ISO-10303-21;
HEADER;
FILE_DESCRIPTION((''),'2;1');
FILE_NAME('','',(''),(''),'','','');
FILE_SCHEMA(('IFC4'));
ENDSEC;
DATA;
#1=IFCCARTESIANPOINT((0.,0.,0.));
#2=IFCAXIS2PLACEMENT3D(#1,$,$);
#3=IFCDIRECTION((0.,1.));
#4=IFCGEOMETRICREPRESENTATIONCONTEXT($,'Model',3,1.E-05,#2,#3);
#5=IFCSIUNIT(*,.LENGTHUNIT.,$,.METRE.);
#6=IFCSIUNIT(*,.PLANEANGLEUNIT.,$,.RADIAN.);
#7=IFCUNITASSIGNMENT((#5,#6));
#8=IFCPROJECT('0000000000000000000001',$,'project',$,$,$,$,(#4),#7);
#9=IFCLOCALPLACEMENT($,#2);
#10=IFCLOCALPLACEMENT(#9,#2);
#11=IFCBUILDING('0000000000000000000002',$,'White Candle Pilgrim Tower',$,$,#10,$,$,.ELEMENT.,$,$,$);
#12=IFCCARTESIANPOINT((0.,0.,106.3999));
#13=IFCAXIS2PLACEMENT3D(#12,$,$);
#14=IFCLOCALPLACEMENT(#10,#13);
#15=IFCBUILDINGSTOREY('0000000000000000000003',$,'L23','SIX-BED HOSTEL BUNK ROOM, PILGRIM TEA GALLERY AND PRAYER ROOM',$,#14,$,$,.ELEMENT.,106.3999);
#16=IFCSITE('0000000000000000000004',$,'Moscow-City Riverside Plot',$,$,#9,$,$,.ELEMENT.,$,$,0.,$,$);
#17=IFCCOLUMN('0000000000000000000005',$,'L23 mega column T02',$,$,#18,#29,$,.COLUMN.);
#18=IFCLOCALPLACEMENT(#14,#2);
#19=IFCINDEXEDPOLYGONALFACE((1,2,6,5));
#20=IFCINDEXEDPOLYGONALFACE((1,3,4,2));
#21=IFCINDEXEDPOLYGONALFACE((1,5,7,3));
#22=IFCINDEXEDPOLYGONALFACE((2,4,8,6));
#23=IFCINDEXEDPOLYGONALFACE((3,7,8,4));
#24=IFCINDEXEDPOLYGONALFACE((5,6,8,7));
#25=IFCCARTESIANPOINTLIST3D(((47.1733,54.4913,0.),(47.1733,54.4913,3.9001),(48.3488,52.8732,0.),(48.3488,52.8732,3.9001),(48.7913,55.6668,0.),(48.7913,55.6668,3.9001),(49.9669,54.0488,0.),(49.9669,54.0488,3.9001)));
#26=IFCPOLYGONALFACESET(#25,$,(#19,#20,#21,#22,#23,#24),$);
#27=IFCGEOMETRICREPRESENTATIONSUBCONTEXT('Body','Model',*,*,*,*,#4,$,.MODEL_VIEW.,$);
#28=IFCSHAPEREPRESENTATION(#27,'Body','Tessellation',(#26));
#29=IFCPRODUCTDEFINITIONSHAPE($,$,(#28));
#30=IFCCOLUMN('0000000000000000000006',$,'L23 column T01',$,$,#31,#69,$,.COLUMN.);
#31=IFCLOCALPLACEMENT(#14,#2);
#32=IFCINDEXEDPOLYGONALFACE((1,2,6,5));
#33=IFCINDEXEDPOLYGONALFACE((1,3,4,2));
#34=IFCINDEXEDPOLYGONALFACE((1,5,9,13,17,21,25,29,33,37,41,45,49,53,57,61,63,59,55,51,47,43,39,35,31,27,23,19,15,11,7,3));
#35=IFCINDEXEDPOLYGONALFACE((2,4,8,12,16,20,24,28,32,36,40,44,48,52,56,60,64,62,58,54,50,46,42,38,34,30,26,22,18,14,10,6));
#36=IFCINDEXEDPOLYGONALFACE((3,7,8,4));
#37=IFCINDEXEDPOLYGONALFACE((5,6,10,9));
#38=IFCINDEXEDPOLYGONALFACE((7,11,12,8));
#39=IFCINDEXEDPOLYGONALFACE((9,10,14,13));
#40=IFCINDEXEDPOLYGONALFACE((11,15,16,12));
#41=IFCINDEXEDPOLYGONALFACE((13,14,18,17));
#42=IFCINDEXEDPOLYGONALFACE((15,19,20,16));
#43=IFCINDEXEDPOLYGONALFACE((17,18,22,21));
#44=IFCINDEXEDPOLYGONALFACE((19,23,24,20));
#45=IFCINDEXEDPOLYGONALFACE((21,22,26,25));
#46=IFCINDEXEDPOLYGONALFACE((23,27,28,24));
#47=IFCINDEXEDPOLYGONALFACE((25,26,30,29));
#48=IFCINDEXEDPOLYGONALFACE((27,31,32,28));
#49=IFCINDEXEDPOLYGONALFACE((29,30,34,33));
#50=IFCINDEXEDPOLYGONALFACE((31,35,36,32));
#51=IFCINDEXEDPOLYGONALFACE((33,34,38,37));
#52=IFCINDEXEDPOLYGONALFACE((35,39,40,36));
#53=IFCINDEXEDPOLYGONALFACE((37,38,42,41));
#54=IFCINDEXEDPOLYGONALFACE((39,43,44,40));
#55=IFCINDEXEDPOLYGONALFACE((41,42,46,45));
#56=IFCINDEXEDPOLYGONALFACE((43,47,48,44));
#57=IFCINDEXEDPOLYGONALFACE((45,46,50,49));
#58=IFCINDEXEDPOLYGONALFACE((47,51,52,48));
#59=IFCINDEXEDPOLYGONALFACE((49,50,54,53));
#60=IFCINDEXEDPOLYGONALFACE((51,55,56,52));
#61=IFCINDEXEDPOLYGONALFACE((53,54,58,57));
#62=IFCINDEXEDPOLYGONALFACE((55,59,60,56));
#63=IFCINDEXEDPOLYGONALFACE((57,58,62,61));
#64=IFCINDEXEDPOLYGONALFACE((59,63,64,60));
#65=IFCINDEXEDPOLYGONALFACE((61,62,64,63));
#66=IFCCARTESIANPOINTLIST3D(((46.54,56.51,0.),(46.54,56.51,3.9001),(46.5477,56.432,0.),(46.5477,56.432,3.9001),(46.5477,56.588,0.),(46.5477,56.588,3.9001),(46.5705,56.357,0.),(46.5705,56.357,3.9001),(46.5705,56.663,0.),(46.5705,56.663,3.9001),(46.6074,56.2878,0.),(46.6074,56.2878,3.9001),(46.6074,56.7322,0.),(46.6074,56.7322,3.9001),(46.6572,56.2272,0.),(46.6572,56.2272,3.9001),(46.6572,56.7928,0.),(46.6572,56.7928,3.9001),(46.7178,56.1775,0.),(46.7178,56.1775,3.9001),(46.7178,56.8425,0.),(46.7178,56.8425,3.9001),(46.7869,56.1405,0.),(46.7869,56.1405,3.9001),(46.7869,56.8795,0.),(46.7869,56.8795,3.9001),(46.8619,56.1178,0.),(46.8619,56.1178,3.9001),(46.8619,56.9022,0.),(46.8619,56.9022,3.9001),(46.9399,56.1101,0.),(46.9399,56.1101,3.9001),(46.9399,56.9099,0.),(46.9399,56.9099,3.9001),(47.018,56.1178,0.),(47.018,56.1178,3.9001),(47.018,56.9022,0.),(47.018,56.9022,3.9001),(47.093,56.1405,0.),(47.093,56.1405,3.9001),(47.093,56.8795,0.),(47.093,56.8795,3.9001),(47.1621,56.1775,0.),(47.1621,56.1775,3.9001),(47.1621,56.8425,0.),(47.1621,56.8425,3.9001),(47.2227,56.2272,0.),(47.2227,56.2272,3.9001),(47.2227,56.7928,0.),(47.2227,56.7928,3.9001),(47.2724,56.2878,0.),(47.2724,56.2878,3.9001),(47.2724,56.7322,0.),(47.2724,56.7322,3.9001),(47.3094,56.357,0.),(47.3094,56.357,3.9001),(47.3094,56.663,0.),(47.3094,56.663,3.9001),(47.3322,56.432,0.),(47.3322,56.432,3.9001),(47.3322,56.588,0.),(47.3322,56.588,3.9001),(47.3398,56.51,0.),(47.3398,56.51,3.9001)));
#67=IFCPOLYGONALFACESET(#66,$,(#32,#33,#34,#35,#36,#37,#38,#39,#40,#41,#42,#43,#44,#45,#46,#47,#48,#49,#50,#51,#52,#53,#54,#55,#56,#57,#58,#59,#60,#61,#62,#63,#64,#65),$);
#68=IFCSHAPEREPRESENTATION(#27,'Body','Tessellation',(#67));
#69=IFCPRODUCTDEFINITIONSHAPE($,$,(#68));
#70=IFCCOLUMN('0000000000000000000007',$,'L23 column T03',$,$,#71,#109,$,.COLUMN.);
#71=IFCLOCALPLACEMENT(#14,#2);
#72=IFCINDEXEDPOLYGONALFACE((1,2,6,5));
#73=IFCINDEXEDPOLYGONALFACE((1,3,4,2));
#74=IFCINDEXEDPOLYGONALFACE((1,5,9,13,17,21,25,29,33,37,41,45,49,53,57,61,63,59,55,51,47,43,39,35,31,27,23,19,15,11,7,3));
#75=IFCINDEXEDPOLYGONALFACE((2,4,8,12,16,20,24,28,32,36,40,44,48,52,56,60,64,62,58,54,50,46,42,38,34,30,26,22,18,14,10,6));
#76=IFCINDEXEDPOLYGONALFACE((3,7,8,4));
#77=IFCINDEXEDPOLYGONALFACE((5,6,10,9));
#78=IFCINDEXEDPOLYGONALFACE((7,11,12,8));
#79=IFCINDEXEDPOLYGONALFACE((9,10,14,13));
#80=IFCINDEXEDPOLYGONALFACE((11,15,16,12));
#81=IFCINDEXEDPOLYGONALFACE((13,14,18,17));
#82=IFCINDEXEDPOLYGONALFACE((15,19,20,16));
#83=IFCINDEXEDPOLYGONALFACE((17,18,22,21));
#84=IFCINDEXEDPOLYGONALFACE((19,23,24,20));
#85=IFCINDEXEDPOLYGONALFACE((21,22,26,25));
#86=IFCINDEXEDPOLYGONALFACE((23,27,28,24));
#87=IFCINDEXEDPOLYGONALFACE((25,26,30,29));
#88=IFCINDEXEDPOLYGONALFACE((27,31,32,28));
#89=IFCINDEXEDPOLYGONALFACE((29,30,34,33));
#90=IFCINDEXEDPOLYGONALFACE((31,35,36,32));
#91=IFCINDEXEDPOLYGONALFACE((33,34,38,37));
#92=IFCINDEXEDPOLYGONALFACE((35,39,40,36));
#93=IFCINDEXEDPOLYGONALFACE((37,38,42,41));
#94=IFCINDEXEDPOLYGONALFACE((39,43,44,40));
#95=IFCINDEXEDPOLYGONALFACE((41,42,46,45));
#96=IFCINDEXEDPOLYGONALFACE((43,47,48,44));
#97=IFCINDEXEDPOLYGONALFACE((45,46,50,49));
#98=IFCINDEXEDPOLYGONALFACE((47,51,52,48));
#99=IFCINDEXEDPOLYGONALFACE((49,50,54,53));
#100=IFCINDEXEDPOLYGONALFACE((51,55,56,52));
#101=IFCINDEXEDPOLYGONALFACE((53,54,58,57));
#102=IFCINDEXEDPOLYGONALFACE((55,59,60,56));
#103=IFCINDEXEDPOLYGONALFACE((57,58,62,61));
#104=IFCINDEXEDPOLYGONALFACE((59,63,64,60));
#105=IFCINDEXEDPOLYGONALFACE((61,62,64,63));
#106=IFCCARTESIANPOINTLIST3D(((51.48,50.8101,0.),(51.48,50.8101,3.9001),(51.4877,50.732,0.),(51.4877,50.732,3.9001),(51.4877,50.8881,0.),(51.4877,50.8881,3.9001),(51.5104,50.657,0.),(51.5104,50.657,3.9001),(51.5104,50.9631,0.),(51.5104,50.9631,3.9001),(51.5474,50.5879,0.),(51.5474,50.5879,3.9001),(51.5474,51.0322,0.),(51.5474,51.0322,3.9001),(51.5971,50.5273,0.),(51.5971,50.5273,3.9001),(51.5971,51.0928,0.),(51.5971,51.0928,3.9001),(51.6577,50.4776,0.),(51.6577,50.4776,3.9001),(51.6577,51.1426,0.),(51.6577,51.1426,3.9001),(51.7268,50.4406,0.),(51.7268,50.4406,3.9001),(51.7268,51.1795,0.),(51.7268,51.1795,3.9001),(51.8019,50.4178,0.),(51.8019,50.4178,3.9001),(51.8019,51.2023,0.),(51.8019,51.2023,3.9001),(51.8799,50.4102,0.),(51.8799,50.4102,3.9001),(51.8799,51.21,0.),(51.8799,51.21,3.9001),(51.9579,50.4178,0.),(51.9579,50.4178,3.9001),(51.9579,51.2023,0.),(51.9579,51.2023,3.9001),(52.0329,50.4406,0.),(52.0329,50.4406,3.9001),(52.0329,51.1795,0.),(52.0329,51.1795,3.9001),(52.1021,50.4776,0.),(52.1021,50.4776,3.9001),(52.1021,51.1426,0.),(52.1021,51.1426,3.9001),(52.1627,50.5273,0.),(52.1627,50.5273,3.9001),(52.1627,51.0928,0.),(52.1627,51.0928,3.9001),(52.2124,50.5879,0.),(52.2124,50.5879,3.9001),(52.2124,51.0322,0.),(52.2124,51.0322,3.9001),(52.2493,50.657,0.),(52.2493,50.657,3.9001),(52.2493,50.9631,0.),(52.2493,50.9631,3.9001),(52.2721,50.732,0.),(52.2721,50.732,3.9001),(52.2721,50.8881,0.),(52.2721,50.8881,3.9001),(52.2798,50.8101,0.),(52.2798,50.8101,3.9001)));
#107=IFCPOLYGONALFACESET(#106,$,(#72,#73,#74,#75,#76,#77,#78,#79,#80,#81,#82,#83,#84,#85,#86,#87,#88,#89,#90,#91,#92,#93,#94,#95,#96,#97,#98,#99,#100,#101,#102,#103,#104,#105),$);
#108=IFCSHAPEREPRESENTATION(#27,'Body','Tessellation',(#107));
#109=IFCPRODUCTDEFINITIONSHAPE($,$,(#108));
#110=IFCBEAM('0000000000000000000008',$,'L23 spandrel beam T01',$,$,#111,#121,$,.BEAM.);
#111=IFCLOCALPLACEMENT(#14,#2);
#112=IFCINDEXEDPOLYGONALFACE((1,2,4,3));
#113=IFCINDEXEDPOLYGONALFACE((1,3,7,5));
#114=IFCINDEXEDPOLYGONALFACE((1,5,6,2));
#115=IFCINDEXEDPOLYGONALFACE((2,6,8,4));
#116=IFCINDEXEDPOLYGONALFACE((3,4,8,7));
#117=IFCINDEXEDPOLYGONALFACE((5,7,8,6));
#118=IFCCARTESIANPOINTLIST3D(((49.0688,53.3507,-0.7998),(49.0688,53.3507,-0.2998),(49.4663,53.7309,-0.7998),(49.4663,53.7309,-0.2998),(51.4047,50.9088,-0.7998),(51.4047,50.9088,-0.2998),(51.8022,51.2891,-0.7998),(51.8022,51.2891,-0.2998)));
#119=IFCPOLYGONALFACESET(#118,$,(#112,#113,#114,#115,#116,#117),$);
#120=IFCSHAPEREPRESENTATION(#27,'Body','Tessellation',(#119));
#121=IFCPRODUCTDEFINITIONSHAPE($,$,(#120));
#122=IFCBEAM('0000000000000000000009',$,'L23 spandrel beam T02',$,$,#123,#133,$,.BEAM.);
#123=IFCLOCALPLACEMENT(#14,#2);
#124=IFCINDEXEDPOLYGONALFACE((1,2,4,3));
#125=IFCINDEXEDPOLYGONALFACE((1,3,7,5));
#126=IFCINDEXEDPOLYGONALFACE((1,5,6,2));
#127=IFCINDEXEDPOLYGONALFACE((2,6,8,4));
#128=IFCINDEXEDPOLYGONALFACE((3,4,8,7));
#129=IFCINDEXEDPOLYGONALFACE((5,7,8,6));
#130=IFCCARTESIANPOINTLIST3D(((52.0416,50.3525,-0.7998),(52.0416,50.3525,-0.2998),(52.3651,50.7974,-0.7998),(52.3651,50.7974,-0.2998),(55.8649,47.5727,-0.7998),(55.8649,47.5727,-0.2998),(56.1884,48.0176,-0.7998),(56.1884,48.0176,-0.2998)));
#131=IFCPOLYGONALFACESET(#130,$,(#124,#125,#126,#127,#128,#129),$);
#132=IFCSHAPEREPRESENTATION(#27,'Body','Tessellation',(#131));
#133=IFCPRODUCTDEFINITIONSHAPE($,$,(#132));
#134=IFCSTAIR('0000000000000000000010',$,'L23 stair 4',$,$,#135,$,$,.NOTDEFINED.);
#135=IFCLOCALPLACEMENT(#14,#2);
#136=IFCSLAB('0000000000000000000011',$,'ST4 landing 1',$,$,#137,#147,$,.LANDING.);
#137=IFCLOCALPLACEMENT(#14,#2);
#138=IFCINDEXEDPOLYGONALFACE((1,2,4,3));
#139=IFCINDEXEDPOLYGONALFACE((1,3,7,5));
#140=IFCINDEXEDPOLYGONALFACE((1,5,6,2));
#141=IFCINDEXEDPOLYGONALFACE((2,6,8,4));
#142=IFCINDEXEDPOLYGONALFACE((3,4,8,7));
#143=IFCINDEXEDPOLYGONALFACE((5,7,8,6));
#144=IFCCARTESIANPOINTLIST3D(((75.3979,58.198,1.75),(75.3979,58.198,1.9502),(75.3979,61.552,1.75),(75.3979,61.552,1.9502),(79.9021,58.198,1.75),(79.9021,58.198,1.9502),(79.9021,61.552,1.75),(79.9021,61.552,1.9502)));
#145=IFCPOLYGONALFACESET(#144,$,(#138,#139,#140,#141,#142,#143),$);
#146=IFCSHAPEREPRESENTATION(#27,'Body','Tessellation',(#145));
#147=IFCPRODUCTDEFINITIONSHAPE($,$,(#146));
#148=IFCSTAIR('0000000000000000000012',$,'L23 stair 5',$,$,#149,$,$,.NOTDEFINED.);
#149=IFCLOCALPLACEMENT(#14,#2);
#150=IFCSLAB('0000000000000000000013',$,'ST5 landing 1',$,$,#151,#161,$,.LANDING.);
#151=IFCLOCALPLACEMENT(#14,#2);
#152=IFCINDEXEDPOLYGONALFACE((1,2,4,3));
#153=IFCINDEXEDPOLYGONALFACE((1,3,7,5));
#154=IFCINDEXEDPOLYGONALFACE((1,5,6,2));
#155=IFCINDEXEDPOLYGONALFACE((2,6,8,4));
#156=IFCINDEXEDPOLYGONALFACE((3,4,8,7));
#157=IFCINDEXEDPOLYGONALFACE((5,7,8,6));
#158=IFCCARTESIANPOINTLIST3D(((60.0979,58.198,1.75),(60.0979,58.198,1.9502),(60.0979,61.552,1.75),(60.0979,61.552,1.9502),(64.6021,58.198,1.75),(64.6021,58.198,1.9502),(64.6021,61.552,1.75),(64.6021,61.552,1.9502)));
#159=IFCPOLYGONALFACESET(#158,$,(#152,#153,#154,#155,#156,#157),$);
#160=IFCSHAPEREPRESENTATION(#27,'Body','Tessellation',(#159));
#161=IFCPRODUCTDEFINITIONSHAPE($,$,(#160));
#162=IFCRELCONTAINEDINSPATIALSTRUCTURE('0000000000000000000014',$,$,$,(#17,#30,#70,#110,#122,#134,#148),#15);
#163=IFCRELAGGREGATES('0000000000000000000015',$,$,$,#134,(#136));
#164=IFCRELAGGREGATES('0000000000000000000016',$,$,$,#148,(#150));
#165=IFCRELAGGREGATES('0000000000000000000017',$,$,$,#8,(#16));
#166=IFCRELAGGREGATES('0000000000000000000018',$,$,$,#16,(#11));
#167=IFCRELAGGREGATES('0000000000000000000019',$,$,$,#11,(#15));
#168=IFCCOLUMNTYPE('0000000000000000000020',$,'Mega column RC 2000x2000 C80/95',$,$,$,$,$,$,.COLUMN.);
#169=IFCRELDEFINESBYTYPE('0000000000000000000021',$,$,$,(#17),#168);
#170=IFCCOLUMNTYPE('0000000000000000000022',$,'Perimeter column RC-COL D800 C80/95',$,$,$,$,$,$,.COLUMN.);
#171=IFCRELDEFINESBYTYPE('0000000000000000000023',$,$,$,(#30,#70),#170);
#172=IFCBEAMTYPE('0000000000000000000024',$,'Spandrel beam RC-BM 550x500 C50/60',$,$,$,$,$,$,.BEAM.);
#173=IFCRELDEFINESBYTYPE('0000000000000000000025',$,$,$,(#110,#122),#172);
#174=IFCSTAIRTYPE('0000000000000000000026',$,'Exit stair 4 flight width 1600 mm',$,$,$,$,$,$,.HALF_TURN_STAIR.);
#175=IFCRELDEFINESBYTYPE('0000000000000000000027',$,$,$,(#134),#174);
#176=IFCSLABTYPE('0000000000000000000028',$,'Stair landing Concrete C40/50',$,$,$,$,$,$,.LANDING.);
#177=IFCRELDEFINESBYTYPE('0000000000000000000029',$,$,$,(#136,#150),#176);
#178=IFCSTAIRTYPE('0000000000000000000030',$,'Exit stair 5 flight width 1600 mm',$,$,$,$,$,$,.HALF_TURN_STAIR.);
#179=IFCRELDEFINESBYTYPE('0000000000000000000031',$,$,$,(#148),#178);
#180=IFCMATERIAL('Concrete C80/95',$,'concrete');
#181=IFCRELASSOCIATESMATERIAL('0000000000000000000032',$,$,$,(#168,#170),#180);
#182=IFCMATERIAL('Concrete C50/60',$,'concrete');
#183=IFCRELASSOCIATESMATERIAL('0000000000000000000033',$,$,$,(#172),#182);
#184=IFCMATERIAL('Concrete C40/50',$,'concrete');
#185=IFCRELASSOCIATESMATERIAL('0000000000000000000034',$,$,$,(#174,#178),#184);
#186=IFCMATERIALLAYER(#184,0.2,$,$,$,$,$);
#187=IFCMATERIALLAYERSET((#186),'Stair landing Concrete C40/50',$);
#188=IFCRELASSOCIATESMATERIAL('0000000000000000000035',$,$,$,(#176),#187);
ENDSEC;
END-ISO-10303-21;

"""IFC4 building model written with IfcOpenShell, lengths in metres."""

from ifc_helpers import new_model, si_unit, direction, frame, origin, origin_2d, place, context, subcontext, project, spatial, polyline, rectangle, circle, outline, extrude, material, layer, layer_set, material_profile, profile_set, type_object, element, aggregate, save


model = new_model("IFC4")

# Units and contexts
model_context = context("Model", 3, precision=1e-05, world=origin(), true_north=direction((0.0, 1.0)))
body_context = subcontext(model_context, "Body", "Model", "MODEL_VIEW")
ifc_project = project(units=[si_unit("LENGTHUNIT", "METRE"), si_unit("PLANEANGLEUNIT", "RADIAN")], contexts=[model_context])

# Site, building, storey
site_placement = place(None, origin())
site = spatial("IfcSite", under=ifc_project, at=site_placement, Name="Moscow-City Riverside Plot", CompositionType="ELEMENT", RefElevation=0.0)
building_placement = place(site_placement, origin())
building = spatial("IfcBuilding", under=site, at=building_placement, Name="White Candle Pilgrim Tower", CompositionType="ELEMENT")
storey_placement = place(building_placement, frame((0.0, 0.0, 106.3999)))
storey = spatial("IfcBuildingStorey", under=building, at=storey_placement, Name="L23", Description="SIX-BED HOSTEL BUNK ROOM, PILGRIM TEA GALLERY AND PRAYER ROOM", CompositionType="ELEMENT", Elevation=106.3999)

# Columns
ifc_material_1 = material(Name="Concrete C80/95", Category="concrete")
ifc_material_profile_1 = material_profile(ifc_material_1, rectangle(XDim=2.0, YDim=2.0, at=origin_2d()), Name="RC 2000x2000")
ifc_profile_set_1 = profile_set([ifc_material_profile_1], Name="Concrete C80/95")
column_type_1 = type_object("IfcColumnType", Name="Mega column RC 2000x2000 C80/95", PredefinedType="COLUMN", material=ifc_profile_set_1)
column_placement = place(storey_placement, frame((48.5701, 54.27, 0.0), z_axis=(0.0, 0.0, 1.0), x_axis=(-0.809017, -0.587785, 0.0)))
element("IfcColumn", 1, at=column_placement, inside=storey, type_object=column_type_1, Name="L23 mega column T02", PredefinedType="COLUMN", context=body_context, shape_type="SweptSolid", body=[
    extrude(rectangle(XDim=2.0, YDim=2.0, at=origin_2d()), origin(), (0.0, 0.0, 1.0), 3.9001),
])
ifc_material_profile_2 = material_profile(ifc_material_1, circle(Radius=0.3999, at=origin_2d()), Name="RC-COL D800")
ifc_profile_set_2 = profile_set([ifc_material_profile_2], Name="Concrete C80/95")
column_type_2 = type_object("IfcColumnType", Name="Perimeter column RC-COL D800 C80/95", PredefinedType="COLUMN", material=ifc_profile_set_2)
for number, where, z_axis, x_axis, name in (
    (2, (46.9399, 56.51, 0.0), (0.0, 0.0, 1.0), (1.0, 0.0, 0.0), "L23 column T01"),
    (3, (51.8799, 50.8101, 0.0), (0.0, 0.0, 1.0), (1.0, 0.0, 0.0), "L23 column T03"),
):
    element("IfcColumn", number, at=place(storey_placement, frame(where, z_axis=z_axis, x_axis=x_axis)), inside=storey, type_object=column_type_2, Name=name, PredefinedType="COLUMN", context=body_context, shape_type="SweptSolid", body=[
        extrude(circle(Radius=0.3999, at=origin_2d()), origin(), (0.0, 0.0, 1.0), 3.9001),
    ])

# Beams
ifc_material_2 = material(Name="Concrete C50/60", Category="concrete")
ifc_material_profile_3 = material_profile(ifc_material_2, rectangle(XDim=0.55, YDim=0.5, at=origin_2d()), Name="RC-BM 550x500")
ifc_profile_set_3 = profile_set([ifc_material_profile_3], Name="Concrete C50/60")
beam_type = type_object("IfcBeamType", Name="Spandrel beam RC-BM 550x500 C50/60", PredefinedType="BEAM", material=ifc_profile_set_3)
beam_1_placement = place(storey_placement, frame((49.2676, 53.5408, -0.5498), z_axis=(0.691255, -0.72261, 0.0), x_axis=(0.72261, 0.691255, 0.0)))
element("IfcBeam", 4, at=beam_1_placement, inside=storey, type_object=beam_type, Name="L23 spandrel beam T01", PredefinedType="BEAM", context=body_context, shape_type="SweptSolid", body=[
    extrude(rectangle(XDim=0.55, YDim=0.5, at=origin_2d()), origin(), (0.0, 0.0, 1.0), 3.3792),
])
beam_2_placement = place(storey_placement, frame((52.2034, 50.575, -0.5498), z_axis=(0.808812, -0.588067, 0.0), x_axis=(0.588067, 0.808812, 0.0)))
element("IfcBeam", 5, at=beam_2_placement, inside=storey, type_object=beam_type, Name="L23 spandrel beam T02", PredefinedType="BEAM", context=body_context, shape_type="SweptSolid", body=[
    extrude(rectangle(XDim=0.55, YDim=0.5, at=origin_2d()), origin(), (0.0, 0.0, 1.0), 4.7271),
])

# Stairs, slabs
ifc_material_3 = material(Name="Concrete C40/50", Category="concrete")
stair_type_1 = type_object("IfcStairType", Name="Exit stair 4 flight width 1600 mm", PredefinedType="HALF_TURN_STAIR", material=ifc_material_3)
stair_1_placement = place(storey_placement, origin())
stair_1 = element("IfcStair", 6, at=stair_1_placement, inside=storey, type_object=stair_type_1, Name="L23 stair 4", PredefinedType="NOTDEFINED")
ifc_layer_1 = layer(ifc_material_3, 0.2)
ifc_layer_set_1 = layer_set([ifc_layer_1], Name="Stair landing Concrete C40/50")
slab_type = type_object("IfcSlabType", Name="Stair landing Concrete C40/50", PredefinedType="LANDING", material=ifc_layer_set_1)
slab_1_placement = place(storey_placement, frame((0.0, 0.0, 1.75)))
slab_1 = element("IfcSlab", 7, at=slab_1_placement, type_object=slab_type, Name="ST4 landing 1", PredefinedType="LANDING", context=body_context, shape_type="SweptSolid", body=[
    extrude(outline(polyline([(79.9021, 61.552), (79.9021, 58.198), (75.3979, 58.198), (75.3979, 61.552), (79.9021, 61.552)])), origin(), (0.0, 0.0, 1.0), 0.2002),
])
aggregate(stair_1, [slab_1])
stair_type_2 = type_object("IfcStairType", Name="Exit stair 5 flight width 1600 mm", PredefinedType="HALF_TURN_STAIR", material=ifc_material_3)
stair_2_placement = place(storey_placement, origin())
stair_2 = element("IfcStair", 8, at=stair_2_placement, inside=storey, type_object=stair_type_2, Name="L23 stair 5", PredefinedType="NOTDEFINED")
slab_2_placement = place(storey_placement, frame((0.0, 0.0, 1.75)))
slab_2 = element("IfcSlab", 9, at=slab_2_placement, type_object=slab_type, Name="ST5 landing 1", PredefinedType="LANDING", context=body_context, shape_type="SweptSolid", body=[
    extrude(outline(polyline([(60.0979, 58.198), (60.0979, 61.552), (64.6021, 61.552), (64.6021, 58.198), (60.0979, 58.198)])), origin(), (0.0, 0.0, 1.0), 0.2002),
])
aggregate(stair_2, [slab_2])

save(model, "model.ifc")
